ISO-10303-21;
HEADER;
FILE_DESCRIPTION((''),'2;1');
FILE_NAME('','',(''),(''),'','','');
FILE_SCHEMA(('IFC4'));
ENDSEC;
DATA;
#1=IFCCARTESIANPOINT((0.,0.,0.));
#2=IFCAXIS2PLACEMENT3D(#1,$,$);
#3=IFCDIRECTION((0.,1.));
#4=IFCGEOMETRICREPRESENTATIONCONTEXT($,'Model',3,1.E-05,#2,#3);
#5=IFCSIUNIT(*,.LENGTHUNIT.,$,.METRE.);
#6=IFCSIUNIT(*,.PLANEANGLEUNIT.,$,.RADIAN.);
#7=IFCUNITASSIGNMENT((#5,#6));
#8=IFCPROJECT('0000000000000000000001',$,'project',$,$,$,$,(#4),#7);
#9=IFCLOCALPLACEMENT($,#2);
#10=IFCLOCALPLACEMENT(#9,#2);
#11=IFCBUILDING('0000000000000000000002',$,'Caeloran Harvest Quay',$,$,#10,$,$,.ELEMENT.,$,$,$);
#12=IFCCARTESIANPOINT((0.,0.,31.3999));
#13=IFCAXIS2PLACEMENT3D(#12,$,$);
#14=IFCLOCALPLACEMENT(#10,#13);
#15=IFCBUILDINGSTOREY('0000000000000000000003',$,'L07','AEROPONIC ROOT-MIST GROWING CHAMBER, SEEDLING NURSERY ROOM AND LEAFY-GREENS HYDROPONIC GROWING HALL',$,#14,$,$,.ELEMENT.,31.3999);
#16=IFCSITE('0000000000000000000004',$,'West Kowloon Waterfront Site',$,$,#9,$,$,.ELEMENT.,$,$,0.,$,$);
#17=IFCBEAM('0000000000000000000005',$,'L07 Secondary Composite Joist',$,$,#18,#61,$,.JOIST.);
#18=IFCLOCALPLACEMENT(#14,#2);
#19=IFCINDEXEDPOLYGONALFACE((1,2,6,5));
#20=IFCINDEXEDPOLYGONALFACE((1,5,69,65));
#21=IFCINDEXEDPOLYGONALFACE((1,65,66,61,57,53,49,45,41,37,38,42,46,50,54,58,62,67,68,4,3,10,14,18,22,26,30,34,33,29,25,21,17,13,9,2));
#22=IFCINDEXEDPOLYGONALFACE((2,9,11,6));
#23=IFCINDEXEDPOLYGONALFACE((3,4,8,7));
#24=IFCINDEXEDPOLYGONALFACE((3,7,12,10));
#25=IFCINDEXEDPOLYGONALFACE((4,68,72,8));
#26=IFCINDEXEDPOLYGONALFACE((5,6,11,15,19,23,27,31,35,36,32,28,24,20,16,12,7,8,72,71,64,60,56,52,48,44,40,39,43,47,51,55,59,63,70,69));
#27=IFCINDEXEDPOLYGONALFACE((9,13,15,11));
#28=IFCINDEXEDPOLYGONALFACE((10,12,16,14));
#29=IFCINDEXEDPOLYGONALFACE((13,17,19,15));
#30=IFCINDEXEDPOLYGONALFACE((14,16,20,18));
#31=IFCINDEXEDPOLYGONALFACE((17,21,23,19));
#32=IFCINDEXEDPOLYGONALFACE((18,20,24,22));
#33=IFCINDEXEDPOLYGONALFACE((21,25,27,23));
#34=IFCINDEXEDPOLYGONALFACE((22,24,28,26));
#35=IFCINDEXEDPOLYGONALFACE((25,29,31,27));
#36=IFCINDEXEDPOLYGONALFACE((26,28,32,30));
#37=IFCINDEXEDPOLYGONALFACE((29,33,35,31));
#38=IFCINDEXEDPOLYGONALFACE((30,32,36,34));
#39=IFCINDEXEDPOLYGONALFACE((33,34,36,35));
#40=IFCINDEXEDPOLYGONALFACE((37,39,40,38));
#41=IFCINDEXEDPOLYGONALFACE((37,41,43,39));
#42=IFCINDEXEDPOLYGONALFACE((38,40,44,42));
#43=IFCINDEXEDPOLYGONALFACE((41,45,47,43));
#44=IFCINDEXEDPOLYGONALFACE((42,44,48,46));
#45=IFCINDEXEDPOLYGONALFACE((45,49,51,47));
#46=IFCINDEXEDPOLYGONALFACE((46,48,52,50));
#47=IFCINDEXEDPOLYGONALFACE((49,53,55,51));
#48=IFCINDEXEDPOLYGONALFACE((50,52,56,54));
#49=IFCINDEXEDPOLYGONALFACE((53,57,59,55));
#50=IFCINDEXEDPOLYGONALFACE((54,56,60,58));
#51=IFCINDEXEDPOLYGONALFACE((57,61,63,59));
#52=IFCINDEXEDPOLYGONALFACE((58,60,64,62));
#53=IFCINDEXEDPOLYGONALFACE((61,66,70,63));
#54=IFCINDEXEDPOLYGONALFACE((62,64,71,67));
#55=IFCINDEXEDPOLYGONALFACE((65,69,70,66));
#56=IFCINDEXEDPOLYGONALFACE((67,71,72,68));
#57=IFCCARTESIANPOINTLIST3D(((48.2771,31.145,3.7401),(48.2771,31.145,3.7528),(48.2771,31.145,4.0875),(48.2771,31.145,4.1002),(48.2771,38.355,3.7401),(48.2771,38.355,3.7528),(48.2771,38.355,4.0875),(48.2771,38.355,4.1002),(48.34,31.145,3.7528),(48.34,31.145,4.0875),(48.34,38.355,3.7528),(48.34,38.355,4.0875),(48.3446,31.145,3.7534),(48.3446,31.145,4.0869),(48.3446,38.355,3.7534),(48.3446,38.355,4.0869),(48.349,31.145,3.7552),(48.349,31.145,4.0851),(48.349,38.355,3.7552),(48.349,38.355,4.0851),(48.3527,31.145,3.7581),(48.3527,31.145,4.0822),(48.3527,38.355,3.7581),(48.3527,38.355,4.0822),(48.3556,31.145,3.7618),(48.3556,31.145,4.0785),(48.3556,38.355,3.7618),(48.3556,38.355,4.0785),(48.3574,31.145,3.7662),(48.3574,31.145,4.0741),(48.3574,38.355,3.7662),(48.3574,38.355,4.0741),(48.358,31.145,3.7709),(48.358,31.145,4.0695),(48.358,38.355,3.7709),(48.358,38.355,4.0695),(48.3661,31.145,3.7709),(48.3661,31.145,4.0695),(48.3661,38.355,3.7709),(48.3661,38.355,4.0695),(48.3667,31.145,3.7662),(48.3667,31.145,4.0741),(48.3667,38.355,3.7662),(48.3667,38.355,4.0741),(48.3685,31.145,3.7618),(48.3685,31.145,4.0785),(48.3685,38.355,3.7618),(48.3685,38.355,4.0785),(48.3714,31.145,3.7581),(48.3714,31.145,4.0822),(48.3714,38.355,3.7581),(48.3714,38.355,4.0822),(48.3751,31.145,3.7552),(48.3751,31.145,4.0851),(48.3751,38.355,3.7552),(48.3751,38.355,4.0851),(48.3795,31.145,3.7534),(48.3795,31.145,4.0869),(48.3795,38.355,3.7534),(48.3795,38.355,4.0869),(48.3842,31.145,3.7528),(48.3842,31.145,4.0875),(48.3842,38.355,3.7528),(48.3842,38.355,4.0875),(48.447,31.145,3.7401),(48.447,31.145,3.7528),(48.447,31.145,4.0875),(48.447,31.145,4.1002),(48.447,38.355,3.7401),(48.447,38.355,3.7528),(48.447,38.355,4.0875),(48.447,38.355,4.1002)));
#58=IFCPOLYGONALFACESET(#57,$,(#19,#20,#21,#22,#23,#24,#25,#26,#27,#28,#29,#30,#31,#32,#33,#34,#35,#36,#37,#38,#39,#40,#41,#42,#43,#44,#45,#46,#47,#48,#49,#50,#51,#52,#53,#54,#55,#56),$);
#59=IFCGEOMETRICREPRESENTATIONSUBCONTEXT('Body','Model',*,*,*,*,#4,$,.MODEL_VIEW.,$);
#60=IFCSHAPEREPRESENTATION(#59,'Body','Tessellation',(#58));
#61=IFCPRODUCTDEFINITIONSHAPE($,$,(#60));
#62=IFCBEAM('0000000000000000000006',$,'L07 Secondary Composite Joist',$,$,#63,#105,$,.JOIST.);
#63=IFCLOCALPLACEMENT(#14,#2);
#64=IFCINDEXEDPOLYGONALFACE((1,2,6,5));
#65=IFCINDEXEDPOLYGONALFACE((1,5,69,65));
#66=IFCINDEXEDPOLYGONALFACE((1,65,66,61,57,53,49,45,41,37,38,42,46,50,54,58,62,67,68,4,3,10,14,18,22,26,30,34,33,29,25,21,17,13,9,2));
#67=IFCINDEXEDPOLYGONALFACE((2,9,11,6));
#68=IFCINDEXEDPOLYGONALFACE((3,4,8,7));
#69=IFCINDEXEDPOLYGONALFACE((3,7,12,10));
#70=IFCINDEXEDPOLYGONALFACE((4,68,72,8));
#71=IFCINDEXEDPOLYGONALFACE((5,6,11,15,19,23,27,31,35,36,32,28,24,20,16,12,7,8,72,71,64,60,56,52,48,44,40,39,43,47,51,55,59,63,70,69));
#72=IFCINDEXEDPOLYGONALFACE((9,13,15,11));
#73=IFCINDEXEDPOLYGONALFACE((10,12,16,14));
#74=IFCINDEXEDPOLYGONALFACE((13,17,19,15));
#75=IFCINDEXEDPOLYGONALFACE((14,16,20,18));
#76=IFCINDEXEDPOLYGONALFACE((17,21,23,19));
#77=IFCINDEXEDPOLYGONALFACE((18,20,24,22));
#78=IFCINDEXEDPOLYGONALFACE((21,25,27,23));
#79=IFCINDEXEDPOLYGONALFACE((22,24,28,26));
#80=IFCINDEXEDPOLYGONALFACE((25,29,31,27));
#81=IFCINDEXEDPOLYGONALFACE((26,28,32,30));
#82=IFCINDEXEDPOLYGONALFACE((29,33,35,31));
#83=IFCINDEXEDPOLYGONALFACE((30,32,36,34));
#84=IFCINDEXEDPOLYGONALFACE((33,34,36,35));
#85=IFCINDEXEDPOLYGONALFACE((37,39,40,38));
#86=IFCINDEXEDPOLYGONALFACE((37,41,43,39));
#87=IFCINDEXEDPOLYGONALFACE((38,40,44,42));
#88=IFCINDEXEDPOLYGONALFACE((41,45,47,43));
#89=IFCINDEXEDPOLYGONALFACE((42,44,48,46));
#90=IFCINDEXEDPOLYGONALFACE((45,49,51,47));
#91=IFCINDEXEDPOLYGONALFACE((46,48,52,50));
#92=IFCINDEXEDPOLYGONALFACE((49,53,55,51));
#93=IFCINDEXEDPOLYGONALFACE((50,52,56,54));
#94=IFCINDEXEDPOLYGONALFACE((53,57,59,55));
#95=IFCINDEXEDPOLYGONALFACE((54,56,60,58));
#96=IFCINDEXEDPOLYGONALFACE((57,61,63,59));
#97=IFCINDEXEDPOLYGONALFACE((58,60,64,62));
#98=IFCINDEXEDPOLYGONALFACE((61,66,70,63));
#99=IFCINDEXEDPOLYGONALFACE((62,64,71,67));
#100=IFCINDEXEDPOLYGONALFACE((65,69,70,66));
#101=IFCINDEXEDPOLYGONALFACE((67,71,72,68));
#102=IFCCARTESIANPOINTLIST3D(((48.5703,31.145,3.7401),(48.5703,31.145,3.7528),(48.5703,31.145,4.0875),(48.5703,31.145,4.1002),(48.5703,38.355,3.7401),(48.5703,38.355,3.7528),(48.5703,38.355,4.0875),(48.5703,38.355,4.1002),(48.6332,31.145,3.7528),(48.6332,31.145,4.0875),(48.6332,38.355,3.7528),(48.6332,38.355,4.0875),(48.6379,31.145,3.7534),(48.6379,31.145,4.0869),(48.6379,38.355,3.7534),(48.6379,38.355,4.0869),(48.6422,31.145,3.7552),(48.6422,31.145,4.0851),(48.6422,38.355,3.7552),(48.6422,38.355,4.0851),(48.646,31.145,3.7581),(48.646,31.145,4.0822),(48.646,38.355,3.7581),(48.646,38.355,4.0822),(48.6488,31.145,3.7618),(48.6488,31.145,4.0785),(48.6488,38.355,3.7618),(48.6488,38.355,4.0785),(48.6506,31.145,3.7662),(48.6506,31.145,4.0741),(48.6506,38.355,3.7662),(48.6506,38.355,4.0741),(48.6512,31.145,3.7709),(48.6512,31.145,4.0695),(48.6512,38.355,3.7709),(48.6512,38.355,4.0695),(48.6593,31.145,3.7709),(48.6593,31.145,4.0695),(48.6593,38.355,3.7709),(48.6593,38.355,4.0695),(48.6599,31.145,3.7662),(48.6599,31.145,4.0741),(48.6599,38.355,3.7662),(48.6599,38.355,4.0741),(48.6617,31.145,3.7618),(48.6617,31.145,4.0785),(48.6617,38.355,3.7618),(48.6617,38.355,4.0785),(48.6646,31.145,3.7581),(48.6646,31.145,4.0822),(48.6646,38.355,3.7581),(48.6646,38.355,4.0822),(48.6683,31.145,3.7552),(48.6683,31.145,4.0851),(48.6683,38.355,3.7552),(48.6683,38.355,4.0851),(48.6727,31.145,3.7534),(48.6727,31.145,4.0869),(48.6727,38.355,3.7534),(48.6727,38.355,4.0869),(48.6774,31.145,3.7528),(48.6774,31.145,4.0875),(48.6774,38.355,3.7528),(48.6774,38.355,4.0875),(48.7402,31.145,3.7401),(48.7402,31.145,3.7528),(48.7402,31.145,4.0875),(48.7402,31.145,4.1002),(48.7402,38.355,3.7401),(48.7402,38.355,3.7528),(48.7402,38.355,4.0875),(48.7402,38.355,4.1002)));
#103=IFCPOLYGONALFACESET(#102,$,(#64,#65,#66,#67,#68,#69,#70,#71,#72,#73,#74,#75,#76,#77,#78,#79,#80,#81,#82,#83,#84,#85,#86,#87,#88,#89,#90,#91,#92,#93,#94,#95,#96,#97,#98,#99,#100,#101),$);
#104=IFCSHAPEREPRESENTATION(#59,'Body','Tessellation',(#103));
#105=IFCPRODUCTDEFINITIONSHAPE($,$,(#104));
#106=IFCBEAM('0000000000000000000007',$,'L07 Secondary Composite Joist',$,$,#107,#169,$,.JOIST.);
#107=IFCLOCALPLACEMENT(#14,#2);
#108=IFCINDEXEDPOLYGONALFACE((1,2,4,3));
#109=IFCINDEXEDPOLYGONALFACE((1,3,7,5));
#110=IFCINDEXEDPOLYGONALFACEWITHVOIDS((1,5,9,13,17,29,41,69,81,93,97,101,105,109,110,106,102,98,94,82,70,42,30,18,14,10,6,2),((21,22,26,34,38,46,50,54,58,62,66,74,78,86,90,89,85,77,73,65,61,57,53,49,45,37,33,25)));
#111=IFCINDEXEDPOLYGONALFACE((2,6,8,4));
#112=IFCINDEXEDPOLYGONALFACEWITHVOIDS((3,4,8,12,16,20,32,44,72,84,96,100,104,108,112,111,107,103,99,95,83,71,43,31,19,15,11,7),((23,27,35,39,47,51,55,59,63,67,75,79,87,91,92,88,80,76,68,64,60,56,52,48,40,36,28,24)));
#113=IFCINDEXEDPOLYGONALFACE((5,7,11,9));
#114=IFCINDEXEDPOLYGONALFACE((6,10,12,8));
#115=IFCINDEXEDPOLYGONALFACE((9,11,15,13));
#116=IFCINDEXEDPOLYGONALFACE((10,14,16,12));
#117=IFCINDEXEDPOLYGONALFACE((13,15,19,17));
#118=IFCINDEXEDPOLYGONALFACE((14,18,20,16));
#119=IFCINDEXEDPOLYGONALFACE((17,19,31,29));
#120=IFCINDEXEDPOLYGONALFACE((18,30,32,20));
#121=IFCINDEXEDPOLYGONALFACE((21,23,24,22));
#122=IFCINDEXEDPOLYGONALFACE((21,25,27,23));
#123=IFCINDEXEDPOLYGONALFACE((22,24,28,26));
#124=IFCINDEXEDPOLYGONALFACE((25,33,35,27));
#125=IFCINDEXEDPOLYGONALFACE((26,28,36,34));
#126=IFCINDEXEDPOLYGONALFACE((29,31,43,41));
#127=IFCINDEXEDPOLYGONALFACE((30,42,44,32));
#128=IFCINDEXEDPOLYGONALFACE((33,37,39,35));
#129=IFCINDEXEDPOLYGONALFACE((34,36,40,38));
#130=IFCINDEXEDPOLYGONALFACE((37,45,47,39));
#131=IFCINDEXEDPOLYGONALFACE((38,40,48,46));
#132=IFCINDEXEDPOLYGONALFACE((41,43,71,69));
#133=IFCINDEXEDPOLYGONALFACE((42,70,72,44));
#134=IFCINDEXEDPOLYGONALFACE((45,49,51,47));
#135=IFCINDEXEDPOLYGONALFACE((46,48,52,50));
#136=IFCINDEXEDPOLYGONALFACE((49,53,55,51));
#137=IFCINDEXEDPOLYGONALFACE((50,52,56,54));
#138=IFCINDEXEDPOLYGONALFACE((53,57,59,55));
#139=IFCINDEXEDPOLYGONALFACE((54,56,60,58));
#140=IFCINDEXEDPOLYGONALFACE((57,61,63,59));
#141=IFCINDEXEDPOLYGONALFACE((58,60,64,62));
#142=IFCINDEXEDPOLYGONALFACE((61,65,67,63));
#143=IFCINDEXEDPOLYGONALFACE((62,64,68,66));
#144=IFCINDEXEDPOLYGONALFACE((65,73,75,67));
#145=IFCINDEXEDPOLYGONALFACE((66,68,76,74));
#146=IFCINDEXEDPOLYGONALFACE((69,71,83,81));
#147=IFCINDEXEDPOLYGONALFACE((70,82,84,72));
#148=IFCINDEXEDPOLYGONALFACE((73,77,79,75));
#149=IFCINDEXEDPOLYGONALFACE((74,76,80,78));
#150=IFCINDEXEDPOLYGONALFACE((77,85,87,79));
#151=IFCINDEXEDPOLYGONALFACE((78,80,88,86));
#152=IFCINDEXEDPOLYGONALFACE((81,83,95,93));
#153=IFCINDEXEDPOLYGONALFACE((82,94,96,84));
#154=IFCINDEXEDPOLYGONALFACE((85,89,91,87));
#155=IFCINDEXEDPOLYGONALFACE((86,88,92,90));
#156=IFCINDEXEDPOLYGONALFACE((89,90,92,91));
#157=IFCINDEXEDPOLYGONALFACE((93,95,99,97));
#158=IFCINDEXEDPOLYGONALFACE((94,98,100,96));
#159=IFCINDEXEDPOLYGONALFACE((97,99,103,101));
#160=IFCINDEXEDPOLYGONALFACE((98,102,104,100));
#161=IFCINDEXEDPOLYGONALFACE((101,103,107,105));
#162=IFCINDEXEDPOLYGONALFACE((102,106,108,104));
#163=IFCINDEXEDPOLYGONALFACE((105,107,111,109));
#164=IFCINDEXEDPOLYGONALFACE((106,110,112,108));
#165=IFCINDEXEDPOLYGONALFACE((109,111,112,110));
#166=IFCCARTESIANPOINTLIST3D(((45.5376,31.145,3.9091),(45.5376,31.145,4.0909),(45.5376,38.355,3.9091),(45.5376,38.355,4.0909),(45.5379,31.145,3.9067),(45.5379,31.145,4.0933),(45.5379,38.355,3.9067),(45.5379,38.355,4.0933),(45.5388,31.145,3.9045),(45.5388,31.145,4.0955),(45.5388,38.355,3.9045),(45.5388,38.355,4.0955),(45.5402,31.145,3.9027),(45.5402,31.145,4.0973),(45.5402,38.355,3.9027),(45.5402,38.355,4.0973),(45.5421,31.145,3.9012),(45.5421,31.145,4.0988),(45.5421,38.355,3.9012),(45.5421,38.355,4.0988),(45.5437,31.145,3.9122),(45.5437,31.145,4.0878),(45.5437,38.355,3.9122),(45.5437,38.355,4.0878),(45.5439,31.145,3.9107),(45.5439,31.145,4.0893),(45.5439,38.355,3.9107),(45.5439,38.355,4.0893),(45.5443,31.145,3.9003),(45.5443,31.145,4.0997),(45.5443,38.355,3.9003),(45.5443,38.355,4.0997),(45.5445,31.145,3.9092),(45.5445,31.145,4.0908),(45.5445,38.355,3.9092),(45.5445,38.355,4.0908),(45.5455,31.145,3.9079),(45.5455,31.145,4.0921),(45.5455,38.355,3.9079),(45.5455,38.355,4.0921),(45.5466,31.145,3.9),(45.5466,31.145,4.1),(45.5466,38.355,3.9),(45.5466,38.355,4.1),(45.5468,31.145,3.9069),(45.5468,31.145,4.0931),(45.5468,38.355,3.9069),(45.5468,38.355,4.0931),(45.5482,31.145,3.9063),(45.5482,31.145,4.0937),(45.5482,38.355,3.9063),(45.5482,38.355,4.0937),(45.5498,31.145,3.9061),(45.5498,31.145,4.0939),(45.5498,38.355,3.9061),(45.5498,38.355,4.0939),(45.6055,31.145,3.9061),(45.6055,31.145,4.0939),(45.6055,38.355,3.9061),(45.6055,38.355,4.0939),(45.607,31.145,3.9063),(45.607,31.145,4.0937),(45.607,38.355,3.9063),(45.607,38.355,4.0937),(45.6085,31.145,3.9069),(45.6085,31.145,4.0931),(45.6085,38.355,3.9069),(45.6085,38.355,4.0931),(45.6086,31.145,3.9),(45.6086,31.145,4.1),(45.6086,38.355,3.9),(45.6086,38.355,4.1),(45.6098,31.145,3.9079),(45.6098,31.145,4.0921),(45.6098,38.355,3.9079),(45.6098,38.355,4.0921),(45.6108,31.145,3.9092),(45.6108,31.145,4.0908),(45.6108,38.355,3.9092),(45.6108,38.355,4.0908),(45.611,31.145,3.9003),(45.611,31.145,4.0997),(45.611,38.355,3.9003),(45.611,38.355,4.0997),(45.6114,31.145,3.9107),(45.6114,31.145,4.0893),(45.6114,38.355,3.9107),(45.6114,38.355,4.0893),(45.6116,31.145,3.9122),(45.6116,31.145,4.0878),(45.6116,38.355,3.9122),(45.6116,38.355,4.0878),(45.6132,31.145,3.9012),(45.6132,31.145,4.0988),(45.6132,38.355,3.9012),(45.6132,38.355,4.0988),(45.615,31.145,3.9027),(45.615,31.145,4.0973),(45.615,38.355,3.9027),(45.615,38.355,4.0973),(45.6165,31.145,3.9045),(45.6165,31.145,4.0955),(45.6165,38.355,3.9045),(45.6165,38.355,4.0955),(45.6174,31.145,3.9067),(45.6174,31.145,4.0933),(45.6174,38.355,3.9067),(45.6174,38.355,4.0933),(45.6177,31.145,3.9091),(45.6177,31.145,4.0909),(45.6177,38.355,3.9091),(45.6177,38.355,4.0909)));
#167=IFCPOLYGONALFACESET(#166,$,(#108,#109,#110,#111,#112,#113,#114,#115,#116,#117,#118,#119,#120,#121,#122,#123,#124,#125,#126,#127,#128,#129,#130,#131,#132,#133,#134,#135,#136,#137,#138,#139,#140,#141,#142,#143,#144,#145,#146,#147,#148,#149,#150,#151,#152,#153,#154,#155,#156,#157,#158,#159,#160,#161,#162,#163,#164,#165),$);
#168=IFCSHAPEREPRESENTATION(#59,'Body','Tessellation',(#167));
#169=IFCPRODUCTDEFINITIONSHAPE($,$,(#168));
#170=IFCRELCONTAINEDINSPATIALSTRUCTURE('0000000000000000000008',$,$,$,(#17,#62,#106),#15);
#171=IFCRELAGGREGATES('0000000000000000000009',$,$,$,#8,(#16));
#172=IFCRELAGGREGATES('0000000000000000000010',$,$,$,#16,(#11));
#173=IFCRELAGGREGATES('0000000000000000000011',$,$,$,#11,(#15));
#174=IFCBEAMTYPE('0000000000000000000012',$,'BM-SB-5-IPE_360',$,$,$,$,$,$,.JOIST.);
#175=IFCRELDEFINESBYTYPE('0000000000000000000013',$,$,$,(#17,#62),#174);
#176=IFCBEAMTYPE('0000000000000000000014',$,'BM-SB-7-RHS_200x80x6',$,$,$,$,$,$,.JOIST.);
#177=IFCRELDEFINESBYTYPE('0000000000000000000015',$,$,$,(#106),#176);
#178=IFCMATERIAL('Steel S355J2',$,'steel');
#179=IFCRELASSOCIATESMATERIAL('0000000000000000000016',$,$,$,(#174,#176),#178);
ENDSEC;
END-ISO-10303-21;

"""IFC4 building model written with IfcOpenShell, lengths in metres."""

from ifc_helpers import new_model, si_unit, direction, frame, origin, origin_2d, place, context, subcontext, project, spatial, hollow_rectangle, i_section, extrude, material, material_profile, profile_set, type_object, element, save


model = new_model("IFC4")

# Units and contexts
model_context = context("Model", 3, precision=1e-05, world=origin(), true_north=direction((0.0, 1.0)))
body_context = subcontext(model_context, "Body", "Model", "MODEL_VIEW")
ifc_project = project(units=[si_unit("LENGTHUNIT", "METRE"), si_unit("PLANEANGLEUNIT", "RADIAN")], contexts=[model_context])

# Site, building, storey
site_placement = place(None, origin())
site = spatial("IfcSite", under=ifc_project, at=site_placement, Name="West Kowloon Waterfront Site", CompositionType="ELEMENT", RefElevation=0.0)
building_placement = place(site_placement, origin())
building = spatial("IfcBuilding", under=site, at=building_placement, Name="Caeloran Harvest Quay", CompositionType="ELEMENT")
storey_placement = place(building_placement, frame((0.0, 0.0, 31.3999)))
storey = spatial("IfcBuildingStorey", under=building, at=storey_placement, Name="L07", Description="AEROPONIC ROOT-MIST GROWING CHAMBER, SEEDLING NURSERY ROOM AND LEAFY-GREENS HYDROPONIC GROWING HALL", CompositionType="ELEMENT", Elevation=31.3999)

# Beams
ifc_material_1 = material(Name="Steel S355J2", Category="steel")
ifc_material_profile_1 = material_profile(ifc_material_1, i_section(OverallWidth=0.1699, OverallDepth=0.3601, WebThickness=0.0081, FlangeThickness=0.0127, FilletRadius=0.0181, at=origin_2d()), Name="IPE 360")
ifc_profile_set_1 = profile_set([ifc_material_profile_1], Name="Steel S355J2")
beam_type_1 = type_object("IfcBeamType", Name="BM-SB-5-IPE_360", PredefinedType="JOIST", material=ifc_profile_set_1)
for number, where, z_axis, x_axis, name in (
    (1, (48.3621, 31.145, 3.9202), (0.0, 1.0, 0.0), (-1.0, 0.0, 0.0), "L07 Secondary Composite Joist"),
    (2, (48.6553, 31.145, 3.9202), (0.0, 1.0, 0.0), (-1.0, 0.0, 0.0), "L07 Secondary Composite Joist"),
):
    element("IfcBeam", number, at=place(storey_placement, frame(where, z_axis=z_axis, x_axis=x_axis)), inside=storey, type_object=beam_type_1, Name=name, PredefinedType="JOIST", context=body_context, shape_type="SweptSolid", body=[
        extrude(i_section(OverallWidth=0.1699, OverallDepth=0.3601, WebThickness=0.0081, FlangeThickness=0.0127, FilletRadius=0.0181, at=origin_2d()), origin(), (0.0, 0.0, 1.0), 7.21),
    ])
ifc_material_profile_2 = material_profile(ifc_material_1, hollow_rectangle(XDim=0.0801, YDim=0.2, WallThickness=0.0061, InnerFilletRadius=0.0061, OuterFilletRadius=0.009, at=origin_2d()), Name="RHS 200x80x6")
ifc_profile_set_2 = profile_set([ifc_material_profile_2], Name="Steel S355J2")
beam_type_2 = type_object("IfcBeamType", Name="BM-SB-7-RHS_200x80x6", PredefinedType="JOIST", material=ifc_profile_set_2)
for number, where, z_axis, x_axis, name in (
    (3, (45.5776, 31.145, 4.0), (0.0, 1.0, 0.0), (-1.0, 0.0, 0.0), "L07 Secondary Composite Joist"),
):
    element("IfcBeam", number, at=place(storey_placement, frame(where, z_axis=z_axis, x_axis=x_axis)), inside=storey, type_object=beam_type_2, Name=name, PredefinedType="JOIST", context=body_context, shape_type="SweptSolid", body=[
        extrude(hollow_rectangle(XDim=0.0801, YDim=0.2, WallThickness=0.0061, InnerFilletRadius=0.0061, OuterFilletRadius=0.009, at=origin_2d()), origin(), (0.0, 0.0, 1.0), 7.21),
    ])

save(model, "model.ifc")
